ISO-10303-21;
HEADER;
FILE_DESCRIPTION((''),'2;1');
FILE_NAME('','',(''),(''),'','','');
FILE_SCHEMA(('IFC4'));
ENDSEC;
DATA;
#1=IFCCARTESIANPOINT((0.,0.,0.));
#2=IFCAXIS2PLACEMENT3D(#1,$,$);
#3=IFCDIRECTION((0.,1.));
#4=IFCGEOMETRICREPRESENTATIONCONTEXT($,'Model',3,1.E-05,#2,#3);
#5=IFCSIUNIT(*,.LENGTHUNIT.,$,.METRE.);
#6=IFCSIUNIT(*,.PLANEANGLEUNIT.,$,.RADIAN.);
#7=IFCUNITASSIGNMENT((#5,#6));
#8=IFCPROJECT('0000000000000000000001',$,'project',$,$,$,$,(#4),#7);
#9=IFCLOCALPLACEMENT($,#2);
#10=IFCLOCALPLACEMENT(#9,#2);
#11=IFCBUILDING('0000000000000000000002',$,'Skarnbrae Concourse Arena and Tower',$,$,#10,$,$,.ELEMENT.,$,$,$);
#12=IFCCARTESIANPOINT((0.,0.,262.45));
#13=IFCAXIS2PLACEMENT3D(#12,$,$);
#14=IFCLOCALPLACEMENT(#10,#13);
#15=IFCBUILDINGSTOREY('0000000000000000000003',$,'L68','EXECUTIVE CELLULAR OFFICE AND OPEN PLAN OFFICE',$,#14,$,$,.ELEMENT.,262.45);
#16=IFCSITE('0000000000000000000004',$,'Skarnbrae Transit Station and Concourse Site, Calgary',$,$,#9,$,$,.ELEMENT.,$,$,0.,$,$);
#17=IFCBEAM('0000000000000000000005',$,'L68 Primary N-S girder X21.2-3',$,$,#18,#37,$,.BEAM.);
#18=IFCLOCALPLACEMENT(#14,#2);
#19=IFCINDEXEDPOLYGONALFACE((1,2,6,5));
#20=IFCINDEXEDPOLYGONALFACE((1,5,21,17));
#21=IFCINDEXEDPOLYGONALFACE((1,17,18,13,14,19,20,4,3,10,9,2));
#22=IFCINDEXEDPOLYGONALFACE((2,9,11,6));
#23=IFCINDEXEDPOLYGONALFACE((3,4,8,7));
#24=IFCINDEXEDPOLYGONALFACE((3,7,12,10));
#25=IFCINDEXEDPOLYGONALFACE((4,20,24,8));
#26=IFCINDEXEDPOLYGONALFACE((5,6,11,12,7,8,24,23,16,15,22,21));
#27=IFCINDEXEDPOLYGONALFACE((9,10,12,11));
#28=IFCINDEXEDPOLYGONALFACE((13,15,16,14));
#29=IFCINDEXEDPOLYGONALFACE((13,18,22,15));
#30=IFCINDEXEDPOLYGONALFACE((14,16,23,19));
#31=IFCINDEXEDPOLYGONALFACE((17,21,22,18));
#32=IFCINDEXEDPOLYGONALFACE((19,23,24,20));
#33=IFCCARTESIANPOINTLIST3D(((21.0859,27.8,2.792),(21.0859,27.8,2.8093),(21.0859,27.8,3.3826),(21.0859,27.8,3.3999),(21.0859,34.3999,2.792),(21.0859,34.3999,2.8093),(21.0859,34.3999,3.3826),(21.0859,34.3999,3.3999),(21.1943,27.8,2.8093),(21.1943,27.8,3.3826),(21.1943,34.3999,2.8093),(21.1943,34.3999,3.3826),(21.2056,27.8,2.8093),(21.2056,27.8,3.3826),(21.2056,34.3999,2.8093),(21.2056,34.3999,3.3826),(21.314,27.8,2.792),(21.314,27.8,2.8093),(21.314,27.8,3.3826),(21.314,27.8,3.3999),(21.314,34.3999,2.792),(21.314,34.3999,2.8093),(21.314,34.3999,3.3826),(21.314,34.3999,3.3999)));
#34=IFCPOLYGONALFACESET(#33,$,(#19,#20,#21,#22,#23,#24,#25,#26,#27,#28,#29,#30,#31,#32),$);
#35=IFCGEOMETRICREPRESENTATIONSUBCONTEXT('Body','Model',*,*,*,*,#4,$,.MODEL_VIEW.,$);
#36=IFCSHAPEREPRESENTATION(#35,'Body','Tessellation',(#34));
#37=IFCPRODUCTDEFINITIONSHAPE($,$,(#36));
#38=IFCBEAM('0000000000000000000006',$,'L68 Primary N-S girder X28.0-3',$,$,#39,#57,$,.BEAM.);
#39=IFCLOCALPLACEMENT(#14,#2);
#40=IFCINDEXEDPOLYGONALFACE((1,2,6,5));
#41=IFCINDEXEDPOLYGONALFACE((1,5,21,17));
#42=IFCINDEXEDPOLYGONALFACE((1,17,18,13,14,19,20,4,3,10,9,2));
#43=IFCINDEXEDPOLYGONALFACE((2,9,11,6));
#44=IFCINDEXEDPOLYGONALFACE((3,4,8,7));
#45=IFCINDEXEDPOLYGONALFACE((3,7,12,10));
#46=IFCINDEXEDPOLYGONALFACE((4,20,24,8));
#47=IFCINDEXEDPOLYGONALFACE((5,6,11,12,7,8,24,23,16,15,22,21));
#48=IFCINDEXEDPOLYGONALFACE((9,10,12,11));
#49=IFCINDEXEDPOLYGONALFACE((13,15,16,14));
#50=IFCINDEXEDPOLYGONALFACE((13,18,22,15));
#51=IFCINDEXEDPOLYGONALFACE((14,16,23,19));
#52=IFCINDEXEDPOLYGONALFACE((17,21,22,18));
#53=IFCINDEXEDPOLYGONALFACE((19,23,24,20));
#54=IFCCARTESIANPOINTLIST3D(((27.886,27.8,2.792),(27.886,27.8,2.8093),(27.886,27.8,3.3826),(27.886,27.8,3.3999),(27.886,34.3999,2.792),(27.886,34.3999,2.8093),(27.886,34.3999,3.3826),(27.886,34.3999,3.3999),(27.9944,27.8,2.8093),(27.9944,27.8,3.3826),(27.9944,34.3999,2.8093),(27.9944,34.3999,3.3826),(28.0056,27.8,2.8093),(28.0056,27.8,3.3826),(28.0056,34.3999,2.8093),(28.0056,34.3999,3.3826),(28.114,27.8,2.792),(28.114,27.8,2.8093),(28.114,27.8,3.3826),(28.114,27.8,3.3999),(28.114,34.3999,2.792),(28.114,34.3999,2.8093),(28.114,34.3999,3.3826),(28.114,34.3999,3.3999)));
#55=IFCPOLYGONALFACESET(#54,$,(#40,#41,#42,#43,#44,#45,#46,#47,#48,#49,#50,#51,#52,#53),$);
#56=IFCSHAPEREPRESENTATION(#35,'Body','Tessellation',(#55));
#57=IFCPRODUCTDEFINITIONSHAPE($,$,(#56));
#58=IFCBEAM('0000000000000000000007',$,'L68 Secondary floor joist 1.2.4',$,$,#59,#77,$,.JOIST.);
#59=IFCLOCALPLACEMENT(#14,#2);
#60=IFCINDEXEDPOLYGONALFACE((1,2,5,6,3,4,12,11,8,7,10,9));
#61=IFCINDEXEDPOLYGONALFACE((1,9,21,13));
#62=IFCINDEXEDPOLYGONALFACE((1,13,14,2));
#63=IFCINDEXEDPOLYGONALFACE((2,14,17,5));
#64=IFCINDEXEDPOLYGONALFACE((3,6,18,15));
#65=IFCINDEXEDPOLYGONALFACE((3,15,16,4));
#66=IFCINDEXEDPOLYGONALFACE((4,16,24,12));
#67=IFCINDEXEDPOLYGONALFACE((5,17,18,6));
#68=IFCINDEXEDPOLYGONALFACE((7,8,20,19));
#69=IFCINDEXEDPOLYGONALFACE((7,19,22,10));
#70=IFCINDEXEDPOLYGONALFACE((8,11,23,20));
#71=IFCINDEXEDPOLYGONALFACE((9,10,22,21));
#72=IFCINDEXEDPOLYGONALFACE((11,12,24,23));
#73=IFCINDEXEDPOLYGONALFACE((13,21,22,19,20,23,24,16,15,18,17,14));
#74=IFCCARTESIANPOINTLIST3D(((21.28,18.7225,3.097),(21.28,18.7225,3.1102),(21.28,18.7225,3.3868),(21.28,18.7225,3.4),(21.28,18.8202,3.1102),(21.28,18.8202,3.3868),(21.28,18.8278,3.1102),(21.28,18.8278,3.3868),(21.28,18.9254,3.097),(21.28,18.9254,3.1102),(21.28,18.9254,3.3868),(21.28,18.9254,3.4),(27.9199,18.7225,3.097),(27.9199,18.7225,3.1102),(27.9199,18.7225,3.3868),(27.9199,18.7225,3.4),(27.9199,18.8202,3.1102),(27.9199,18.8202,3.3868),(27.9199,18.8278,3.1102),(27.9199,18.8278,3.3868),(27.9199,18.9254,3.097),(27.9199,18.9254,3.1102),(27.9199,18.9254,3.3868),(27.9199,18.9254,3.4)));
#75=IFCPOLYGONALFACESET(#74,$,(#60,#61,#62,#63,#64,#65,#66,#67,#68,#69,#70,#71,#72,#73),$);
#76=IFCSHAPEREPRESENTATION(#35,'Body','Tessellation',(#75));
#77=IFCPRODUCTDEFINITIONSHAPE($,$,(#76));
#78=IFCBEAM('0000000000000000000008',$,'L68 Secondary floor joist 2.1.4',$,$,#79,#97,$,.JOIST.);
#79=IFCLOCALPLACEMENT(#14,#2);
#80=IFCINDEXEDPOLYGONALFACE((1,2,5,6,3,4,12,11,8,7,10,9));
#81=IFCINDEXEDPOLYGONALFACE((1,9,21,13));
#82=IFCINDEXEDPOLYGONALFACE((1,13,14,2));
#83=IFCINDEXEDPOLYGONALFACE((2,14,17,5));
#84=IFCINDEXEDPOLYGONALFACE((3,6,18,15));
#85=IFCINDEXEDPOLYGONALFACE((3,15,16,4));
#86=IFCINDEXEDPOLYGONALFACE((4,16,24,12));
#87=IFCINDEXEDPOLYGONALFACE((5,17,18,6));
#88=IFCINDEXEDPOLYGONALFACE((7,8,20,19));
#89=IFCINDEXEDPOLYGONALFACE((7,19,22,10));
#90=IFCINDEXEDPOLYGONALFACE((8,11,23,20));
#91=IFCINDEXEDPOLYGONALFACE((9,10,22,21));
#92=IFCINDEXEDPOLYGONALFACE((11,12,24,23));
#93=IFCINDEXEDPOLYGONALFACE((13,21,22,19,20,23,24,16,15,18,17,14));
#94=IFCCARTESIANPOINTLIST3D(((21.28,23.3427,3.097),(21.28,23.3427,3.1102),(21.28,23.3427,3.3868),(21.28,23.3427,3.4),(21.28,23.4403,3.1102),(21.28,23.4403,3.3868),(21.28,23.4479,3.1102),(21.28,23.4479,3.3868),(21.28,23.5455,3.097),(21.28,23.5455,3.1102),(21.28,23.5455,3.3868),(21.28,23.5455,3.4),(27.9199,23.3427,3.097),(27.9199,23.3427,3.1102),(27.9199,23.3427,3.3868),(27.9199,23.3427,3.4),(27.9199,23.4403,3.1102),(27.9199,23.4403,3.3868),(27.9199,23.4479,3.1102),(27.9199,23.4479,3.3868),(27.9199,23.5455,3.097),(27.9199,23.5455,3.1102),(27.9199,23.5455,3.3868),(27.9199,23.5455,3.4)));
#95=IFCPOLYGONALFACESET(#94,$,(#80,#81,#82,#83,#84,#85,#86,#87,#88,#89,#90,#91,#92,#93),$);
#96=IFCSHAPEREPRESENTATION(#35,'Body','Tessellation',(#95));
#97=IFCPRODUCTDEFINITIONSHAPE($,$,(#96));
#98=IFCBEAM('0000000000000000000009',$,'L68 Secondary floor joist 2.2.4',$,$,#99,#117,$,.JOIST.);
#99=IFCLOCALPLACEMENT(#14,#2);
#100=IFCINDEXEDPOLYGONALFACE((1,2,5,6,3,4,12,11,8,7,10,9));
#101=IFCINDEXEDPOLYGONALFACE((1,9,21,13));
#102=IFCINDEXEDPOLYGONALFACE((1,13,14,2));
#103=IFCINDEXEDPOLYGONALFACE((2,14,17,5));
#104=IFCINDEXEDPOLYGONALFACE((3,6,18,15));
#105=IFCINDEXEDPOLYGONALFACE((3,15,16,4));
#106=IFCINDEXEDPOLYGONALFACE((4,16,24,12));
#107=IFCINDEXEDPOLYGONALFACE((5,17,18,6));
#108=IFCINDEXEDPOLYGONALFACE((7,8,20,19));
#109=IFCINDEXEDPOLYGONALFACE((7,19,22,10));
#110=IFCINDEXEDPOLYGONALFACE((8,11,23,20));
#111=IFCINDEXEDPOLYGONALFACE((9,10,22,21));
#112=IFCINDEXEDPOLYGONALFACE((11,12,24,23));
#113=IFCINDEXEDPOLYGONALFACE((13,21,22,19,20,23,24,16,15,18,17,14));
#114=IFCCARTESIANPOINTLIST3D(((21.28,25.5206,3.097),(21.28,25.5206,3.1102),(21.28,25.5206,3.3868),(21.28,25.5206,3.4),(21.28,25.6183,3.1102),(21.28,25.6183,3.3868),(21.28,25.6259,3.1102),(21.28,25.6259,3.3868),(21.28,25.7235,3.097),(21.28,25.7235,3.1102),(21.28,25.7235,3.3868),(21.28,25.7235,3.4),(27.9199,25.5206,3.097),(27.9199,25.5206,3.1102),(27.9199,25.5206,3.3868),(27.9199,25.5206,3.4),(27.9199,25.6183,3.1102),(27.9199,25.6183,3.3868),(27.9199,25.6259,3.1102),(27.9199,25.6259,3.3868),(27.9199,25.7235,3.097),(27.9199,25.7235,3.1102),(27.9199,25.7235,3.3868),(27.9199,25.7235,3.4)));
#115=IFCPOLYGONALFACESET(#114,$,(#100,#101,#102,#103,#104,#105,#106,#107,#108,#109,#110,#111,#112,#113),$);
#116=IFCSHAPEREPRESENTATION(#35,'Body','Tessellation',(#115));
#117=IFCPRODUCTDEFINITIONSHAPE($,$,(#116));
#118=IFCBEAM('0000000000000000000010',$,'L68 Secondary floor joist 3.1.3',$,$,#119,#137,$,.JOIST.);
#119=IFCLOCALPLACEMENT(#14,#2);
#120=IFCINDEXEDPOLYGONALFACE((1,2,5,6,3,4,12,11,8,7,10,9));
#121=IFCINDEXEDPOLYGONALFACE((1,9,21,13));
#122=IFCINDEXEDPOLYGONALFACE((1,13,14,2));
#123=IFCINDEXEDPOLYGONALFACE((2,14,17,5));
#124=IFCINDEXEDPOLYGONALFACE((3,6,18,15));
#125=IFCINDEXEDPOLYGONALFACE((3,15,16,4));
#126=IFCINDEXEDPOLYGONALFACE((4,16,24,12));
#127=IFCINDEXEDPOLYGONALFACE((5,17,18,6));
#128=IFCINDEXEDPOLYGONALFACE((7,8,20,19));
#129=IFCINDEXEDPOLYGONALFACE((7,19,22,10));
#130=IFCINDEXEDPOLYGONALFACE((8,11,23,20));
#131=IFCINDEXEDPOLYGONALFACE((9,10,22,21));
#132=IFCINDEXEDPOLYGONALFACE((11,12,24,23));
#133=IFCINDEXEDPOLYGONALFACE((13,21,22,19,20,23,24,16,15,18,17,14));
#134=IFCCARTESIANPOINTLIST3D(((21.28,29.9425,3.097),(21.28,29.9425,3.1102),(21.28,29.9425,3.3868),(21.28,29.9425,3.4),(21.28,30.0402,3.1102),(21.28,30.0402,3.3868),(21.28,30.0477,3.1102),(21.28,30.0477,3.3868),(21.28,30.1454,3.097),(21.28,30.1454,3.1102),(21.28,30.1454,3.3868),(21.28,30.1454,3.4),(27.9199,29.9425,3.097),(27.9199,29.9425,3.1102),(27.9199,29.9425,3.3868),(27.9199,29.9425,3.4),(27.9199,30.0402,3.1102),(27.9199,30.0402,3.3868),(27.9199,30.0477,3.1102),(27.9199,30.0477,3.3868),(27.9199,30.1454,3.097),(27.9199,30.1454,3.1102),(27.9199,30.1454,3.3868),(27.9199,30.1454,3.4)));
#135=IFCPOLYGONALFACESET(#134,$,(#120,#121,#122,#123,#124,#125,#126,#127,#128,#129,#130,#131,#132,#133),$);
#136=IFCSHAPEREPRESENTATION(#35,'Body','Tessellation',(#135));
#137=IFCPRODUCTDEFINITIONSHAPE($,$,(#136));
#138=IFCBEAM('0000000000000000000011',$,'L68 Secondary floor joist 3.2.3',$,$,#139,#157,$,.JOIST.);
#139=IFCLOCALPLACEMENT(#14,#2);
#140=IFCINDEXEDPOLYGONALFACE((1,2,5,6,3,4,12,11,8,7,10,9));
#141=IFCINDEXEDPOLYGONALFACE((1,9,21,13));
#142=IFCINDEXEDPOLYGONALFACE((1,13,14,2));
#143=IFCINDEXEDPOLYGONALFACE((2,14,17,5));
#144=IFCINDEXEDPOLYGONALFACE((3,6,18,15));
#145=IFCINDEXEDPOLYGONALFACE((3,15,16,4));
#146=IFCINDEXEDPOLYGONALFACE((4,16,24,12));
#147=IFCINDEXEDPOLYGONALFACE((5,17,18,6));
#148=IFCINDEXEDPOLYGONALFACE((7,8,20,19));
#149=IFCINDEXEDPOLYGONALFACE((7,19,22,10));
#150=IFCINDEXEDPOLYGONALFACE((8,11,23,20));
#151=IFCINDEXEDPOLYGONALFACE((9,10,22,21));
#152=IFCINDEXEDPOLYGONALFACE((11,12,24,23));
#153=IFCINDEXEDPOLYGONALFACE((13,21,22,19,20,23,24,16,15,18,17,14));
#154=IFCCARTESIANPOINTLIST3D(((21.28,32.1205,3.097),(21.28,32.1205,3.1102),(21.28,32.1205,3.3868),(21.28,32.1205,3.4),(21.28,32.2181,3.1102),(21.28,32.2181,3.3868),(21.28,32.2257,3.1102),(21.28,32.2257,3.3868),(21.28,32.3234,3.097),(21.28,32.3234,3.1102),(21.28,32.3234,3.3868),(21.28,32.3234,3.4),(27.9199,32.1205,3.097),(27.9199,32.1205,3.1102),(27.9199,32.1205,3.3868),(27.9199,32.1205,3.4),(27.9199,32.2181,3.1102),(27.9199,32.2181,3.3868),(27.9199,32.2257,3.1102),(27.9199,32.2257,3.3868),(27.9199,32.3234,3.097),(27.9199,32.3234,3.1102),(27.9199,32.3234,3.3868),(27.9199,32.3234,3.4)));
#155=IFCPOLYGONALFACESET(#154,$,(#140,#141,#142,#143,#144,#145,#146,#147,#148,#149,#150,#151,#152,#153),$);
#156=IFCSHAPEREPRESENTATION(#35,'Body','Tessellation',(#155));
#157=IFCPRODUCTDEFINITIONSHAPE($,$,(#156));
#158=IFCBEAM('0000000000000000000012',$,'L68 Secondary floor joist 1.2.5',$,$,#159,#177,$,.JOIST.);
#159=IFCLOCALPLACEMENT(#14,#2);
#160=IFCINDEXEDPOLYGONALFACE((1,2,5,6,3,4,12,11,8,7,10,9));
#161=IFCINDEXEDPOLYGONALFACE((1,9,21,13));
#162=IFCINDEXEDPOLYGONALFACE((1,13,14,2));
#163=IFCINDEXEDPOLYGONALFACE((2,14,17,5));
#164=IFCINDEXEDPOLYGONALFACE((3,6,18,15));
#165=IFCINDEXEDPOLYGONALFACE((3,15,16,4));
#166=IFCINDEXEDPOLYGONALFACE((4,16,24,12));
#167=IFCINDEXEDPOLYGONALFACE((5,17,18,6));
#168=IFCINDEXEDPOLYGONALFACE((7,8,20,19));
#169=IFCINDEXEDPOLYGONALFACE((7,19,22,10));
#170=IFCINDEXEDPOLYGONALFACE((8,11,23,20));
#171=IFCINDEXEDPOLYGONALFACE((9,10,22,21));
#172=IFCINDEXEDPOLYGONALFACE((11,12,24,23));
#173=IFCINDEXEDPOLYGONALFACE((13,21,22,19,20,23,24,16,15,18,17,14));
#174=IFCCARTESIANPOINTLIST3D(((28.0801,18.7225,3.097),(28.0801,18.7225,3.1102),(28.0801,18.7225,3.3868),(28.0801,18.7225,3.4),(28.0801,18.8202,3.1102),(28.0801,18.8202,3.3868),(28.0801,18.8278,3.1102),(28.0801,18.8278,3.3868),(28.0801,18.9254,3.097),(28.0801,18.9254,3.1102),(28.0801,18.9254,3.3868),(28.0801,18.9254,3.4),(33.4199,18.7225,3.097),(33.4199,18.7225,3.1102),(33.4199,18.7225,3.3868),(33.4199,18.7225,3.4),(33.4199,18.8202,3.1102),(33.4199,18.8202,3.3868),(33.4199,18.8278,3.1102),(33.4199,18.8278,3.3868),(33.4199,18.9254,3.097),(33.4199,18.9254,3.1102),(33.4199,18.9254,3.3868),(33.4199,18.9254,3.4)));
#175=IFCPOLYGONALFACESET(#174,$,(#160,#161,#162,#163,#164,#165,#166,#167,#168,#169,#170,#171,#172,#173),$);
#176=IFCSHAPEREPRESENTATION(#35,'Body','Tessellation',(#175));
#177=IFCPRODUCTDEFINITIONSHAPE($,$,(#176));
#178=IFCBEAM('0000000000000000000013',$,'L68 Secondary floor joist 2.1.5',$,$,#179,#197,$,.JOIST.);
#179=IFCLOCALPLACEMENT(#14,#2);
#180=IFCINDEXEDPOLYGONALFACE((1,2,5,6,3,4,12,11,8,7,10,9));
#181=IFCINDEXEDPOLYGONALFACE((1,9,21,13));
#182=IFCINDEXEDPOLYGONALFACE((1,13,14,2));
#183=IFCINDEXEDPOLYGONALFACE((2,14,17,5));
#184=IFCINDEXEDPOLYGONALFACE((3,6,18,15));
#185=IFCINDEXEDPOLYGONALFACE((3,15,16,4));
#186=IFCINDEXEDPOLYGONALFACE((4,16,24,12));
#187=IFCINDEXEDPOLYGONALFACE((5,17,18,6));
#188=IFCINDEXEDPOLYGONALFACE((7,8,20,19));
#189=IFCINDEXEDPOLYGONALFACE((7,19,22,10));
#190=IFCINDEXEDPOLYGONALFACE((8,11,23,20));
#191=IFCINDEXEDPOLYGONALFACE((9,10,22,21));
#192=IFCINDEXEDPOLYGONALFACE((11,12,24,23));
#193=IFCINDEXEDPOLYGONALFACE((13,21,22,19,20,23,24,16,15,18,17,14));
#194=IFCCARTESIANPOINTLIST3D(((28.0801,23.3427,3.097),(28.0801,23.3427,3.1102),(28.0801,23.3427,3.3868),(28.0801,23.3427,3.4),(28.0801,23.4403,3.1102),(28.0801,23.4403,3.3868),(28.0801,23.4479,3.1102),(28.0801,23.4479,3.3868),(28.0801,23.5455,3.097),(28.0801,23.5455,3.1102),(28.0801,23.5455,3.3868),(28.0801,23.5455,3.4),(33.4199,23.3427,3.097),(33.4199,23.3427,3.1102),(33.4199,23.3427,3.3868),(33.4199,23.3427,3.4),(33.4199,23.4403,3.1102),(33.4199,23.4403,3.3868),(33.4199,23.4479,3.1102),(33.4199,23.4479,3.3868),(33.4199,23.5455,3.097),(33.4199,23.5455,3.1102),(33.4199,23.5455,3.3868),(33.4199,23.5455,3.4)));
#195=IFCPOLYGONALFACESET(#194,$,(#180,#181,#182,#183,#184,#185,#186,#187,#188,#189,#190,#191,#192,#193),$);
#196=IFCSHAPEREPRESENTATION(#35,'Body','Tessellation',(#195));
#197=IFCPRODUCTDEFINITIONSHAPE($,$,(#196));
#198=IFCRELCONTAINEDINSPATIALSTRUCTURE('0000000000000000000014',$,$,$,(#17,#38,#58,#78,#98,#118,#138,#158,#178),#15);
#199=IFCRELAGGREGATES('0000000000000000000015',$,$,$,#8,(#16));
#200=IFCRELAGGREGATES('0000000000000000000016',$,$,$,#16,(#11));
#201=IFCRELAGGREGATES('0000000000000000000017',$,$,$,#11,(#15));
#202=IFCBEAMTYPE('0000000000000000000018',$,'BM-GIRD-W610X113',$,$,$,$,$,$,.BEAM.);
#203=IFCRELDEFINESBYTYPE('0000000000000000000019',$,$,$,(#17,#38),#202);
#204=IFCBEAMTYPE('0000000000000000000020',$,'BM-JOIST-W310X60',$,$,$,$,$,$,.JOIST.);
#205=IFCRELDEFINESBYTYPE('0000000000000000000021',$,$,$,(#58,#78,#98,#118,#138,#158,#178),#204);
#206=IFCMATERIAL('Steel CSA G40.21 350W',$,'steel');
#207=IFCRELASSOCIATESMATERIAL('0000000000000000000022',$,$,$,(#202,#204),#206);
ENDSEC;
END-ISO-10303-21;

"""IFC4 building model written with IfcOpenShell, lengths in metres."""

from ifc_helpers import new_model, si_unit, direction, frame, origin, origin_2d, place, context, subcontext, project, spatial, i_section, extrude, source, transform, mapped, material, material_profile, profile_set, type_object, element, save


model = new_model("IFC4")

# Units and contexts
model_context = context("Model", 3, precision=1e-05, world=origin(), true_north=direction((0.0, 1.0)))
body_context = subcontext(model_context, "Body", "Model", "MODEL_VIEW")
ifc_project = project(units=[si_unit("LENGTHUNIT", "METRE"), si_unit("PLANEANGLEUNIT", "RADIAN")], contexts=[model_context])

# Site, building, storey
site_placement = place(None, origin())
site = spatial("IfcSite", under=ifc_project, at=site_placement, Name="Skarnbrae Transit Station and Concourse Site, Calgary", CompositionType="ELEMENT", RefElevation=0.0)
building_placement = place(site_placement, origin())
building = spatial("IfcBuilding", under=site, at=building_placement, Name="Skarnbrae Concourse Arena and Tower", CompositionType="ELEMENT")
storey_placement = place(building_placement, frame((0.0, 0.0, 262.45)))
storey = spatial("IfcBuildingStorey", under=building, at=storey_placement, Name="L68", Description="EXECUTIVE CELLULAR OFFICE AND OPEN PLAN OFFICE", CompositionType="ELEMENT", Elevation=262.45)

# Shared definitions
ifc_material_1 = material(Name="Steel CSA G40.21 350W", Category="steel")

# Beams
ifc_material_profile_1 = material_profile(ifc_material_1, i_section(OverallWidth=0.228, OverallDepth=0.6079, WebThickness=0.0112, FlangeThickness=0.0173, at=origin_2d()), Name="W610X113")
ifc_profile_set_1 = profile_set([ifc_material_profile_1], Name="Steel CSA G40.21 350W")
beam_type_1 = type_object("IfcBeamType", Name="BM-GIRD-W610X113", PredefinedType="BEAM", material=ifc_profile_set_1)
shared_shape_1 = source(origin(), body_context, "Body", "SweptSolid", [
    extrude(i_section(OverallWidth=0.228, OverallDepth=0.6079, WebThickness=0.0112, FlangeThickness=0.0173, at=origin_2d()), origin(), (0.0, 0.0, 1.0), 6.5999),
])
for number, where, z_axis, x_axis, name in (
    (1, (21.2, 27.8, 3.0959), (0.0, 1.0, 0.0), (-1.0, 0.0, 0.0), "L68 Primary N-S girder X21.2-3"),
    (2, (28.0, 27.8, 3.0959), (0.0, 1.0, 0.0), (-1.0, 0.0, 0.0), "L68 Primary N-S girder X28.0-3"),
):
    element("IfcBeam", number, at=place(storey_placement, frame(where, z_axis=z_axis, x_axis=x_axis)), inside=storey, type_object=beam_type_1, Name=name, PredefinedType="BEAM", context=body_context, shape_type="MappedRepresentation", body=[
        mapped(shared_shape_1, transform((0.0, 0.0, 0.0))),
    ])
ifc_material_profile_2 = material_profile(ifc_material_1, i_section(OverallWidth=0.2029, OverallDepth=0.303, WebThickness=0.0076, FlangeThickness=0.0132, at=origin_2d()), Name="W310X60")
ifc_profile_set_2 = profile_set([ifc_material_profile_2], Name="Steel CSA G40.21 350W")
beam_type_2 = type_object("IfcBeamType", Name="BM-JOIST-W310X60", PredefinedType="JOIST", material=ifc_profile_set_2)
shared_shape_2 = source(origin(), body_context, "Body", "SweptSolid", [
    extrude(i_section(OverallWidth=0.2029, OverallDepth=0.303, WebThickness=0.0076, FlangeThickness=0.0132, at=origin_2d()), origin(), (0.0, 0.0, 1.0), 6.6399),
])
for number, where, z_axis, x_axis, name in (
    (3, (21.28, 18.824, 3.2485), (1.0, 0.0, 0.0), (0.0, 1.0, 0.0), "L68 Secondary floor joist 1.2.4"),
    (4, (21.28, 23.4441, 3.2485), (1.0, 0.0, 0.0), (0.0, 1.0, 0.0), "L68 Secondary floor joist 2.1.4"),
    (5, (21.28, 25.6221, 3.2485), (1.0, 0.0, 0.0), (0.0, 1.0, 0.0), "L68 Secondary floor joist 2.2.4"),
    (6, (21.28, 30.0439, 3.2485), (1.0, 0.0, 0.0), (0.0, 1.0, 0.0), "L68 Secondary floor joist 3.1.3"),
    (7, (21.28, 32.2219, 3.2485), (1.0, 0.0, 0.0), (0.0, 1.0, 0.0), "L68 Secondary floor joist 3.2.3"),
):
    element("IfcBeam", number, at=place(storey_placement, frame(where, z_axis=z_axis, x_axis=x_axis)), inside=storey, type_object=beam_type_2, Name=name, PredefinedType="JOIST", context=body_context, shape_type="MappedRepresentation", body=[
        mapped(shared_shape_2, transform((0.0, 0.0, 0.0))),
    ])
shared_shape_3 = source(origin(), body_context, "Body", "SweptSolid", [
    extrude(i_section(OverallWidth=0.2029, OverallDepth=0.303, WebThickness=0.0076, FlangeThickness=0.0132, at=origin_2d()), origin(), (0.0, 0.0, 1.0), 5.3398),
])
for number, where, z_axis, x_axis, name in (
    (8, (28.0801, 18.824, 3.2485), (1.0, 0.0, 0.0), (0.0, 1.0, 0.0), "L68 Secondary floor joist 1.2.5"),
    (9, (28.0801, 23.4441, 3.2485), (1.0, 0.0, 0.0), (0.0, 1.0, 0.0), "L68 Secondary floor joist 2.1.5"),
):
    element("IfcBeam", number, at=place(storey_placement, frame(where, z_axis=z_axis, x_axis=x_axis)), inside=storey, type_object=beam_type_2, Name=name, PredefinedType="JOIST", context=body_context, shape_type="MappedRepresentation", body=[
        mapped(shared_shape_3, transform((0.0, 0.0, 0.0))),
    ])

save(model, "model.ifc")
